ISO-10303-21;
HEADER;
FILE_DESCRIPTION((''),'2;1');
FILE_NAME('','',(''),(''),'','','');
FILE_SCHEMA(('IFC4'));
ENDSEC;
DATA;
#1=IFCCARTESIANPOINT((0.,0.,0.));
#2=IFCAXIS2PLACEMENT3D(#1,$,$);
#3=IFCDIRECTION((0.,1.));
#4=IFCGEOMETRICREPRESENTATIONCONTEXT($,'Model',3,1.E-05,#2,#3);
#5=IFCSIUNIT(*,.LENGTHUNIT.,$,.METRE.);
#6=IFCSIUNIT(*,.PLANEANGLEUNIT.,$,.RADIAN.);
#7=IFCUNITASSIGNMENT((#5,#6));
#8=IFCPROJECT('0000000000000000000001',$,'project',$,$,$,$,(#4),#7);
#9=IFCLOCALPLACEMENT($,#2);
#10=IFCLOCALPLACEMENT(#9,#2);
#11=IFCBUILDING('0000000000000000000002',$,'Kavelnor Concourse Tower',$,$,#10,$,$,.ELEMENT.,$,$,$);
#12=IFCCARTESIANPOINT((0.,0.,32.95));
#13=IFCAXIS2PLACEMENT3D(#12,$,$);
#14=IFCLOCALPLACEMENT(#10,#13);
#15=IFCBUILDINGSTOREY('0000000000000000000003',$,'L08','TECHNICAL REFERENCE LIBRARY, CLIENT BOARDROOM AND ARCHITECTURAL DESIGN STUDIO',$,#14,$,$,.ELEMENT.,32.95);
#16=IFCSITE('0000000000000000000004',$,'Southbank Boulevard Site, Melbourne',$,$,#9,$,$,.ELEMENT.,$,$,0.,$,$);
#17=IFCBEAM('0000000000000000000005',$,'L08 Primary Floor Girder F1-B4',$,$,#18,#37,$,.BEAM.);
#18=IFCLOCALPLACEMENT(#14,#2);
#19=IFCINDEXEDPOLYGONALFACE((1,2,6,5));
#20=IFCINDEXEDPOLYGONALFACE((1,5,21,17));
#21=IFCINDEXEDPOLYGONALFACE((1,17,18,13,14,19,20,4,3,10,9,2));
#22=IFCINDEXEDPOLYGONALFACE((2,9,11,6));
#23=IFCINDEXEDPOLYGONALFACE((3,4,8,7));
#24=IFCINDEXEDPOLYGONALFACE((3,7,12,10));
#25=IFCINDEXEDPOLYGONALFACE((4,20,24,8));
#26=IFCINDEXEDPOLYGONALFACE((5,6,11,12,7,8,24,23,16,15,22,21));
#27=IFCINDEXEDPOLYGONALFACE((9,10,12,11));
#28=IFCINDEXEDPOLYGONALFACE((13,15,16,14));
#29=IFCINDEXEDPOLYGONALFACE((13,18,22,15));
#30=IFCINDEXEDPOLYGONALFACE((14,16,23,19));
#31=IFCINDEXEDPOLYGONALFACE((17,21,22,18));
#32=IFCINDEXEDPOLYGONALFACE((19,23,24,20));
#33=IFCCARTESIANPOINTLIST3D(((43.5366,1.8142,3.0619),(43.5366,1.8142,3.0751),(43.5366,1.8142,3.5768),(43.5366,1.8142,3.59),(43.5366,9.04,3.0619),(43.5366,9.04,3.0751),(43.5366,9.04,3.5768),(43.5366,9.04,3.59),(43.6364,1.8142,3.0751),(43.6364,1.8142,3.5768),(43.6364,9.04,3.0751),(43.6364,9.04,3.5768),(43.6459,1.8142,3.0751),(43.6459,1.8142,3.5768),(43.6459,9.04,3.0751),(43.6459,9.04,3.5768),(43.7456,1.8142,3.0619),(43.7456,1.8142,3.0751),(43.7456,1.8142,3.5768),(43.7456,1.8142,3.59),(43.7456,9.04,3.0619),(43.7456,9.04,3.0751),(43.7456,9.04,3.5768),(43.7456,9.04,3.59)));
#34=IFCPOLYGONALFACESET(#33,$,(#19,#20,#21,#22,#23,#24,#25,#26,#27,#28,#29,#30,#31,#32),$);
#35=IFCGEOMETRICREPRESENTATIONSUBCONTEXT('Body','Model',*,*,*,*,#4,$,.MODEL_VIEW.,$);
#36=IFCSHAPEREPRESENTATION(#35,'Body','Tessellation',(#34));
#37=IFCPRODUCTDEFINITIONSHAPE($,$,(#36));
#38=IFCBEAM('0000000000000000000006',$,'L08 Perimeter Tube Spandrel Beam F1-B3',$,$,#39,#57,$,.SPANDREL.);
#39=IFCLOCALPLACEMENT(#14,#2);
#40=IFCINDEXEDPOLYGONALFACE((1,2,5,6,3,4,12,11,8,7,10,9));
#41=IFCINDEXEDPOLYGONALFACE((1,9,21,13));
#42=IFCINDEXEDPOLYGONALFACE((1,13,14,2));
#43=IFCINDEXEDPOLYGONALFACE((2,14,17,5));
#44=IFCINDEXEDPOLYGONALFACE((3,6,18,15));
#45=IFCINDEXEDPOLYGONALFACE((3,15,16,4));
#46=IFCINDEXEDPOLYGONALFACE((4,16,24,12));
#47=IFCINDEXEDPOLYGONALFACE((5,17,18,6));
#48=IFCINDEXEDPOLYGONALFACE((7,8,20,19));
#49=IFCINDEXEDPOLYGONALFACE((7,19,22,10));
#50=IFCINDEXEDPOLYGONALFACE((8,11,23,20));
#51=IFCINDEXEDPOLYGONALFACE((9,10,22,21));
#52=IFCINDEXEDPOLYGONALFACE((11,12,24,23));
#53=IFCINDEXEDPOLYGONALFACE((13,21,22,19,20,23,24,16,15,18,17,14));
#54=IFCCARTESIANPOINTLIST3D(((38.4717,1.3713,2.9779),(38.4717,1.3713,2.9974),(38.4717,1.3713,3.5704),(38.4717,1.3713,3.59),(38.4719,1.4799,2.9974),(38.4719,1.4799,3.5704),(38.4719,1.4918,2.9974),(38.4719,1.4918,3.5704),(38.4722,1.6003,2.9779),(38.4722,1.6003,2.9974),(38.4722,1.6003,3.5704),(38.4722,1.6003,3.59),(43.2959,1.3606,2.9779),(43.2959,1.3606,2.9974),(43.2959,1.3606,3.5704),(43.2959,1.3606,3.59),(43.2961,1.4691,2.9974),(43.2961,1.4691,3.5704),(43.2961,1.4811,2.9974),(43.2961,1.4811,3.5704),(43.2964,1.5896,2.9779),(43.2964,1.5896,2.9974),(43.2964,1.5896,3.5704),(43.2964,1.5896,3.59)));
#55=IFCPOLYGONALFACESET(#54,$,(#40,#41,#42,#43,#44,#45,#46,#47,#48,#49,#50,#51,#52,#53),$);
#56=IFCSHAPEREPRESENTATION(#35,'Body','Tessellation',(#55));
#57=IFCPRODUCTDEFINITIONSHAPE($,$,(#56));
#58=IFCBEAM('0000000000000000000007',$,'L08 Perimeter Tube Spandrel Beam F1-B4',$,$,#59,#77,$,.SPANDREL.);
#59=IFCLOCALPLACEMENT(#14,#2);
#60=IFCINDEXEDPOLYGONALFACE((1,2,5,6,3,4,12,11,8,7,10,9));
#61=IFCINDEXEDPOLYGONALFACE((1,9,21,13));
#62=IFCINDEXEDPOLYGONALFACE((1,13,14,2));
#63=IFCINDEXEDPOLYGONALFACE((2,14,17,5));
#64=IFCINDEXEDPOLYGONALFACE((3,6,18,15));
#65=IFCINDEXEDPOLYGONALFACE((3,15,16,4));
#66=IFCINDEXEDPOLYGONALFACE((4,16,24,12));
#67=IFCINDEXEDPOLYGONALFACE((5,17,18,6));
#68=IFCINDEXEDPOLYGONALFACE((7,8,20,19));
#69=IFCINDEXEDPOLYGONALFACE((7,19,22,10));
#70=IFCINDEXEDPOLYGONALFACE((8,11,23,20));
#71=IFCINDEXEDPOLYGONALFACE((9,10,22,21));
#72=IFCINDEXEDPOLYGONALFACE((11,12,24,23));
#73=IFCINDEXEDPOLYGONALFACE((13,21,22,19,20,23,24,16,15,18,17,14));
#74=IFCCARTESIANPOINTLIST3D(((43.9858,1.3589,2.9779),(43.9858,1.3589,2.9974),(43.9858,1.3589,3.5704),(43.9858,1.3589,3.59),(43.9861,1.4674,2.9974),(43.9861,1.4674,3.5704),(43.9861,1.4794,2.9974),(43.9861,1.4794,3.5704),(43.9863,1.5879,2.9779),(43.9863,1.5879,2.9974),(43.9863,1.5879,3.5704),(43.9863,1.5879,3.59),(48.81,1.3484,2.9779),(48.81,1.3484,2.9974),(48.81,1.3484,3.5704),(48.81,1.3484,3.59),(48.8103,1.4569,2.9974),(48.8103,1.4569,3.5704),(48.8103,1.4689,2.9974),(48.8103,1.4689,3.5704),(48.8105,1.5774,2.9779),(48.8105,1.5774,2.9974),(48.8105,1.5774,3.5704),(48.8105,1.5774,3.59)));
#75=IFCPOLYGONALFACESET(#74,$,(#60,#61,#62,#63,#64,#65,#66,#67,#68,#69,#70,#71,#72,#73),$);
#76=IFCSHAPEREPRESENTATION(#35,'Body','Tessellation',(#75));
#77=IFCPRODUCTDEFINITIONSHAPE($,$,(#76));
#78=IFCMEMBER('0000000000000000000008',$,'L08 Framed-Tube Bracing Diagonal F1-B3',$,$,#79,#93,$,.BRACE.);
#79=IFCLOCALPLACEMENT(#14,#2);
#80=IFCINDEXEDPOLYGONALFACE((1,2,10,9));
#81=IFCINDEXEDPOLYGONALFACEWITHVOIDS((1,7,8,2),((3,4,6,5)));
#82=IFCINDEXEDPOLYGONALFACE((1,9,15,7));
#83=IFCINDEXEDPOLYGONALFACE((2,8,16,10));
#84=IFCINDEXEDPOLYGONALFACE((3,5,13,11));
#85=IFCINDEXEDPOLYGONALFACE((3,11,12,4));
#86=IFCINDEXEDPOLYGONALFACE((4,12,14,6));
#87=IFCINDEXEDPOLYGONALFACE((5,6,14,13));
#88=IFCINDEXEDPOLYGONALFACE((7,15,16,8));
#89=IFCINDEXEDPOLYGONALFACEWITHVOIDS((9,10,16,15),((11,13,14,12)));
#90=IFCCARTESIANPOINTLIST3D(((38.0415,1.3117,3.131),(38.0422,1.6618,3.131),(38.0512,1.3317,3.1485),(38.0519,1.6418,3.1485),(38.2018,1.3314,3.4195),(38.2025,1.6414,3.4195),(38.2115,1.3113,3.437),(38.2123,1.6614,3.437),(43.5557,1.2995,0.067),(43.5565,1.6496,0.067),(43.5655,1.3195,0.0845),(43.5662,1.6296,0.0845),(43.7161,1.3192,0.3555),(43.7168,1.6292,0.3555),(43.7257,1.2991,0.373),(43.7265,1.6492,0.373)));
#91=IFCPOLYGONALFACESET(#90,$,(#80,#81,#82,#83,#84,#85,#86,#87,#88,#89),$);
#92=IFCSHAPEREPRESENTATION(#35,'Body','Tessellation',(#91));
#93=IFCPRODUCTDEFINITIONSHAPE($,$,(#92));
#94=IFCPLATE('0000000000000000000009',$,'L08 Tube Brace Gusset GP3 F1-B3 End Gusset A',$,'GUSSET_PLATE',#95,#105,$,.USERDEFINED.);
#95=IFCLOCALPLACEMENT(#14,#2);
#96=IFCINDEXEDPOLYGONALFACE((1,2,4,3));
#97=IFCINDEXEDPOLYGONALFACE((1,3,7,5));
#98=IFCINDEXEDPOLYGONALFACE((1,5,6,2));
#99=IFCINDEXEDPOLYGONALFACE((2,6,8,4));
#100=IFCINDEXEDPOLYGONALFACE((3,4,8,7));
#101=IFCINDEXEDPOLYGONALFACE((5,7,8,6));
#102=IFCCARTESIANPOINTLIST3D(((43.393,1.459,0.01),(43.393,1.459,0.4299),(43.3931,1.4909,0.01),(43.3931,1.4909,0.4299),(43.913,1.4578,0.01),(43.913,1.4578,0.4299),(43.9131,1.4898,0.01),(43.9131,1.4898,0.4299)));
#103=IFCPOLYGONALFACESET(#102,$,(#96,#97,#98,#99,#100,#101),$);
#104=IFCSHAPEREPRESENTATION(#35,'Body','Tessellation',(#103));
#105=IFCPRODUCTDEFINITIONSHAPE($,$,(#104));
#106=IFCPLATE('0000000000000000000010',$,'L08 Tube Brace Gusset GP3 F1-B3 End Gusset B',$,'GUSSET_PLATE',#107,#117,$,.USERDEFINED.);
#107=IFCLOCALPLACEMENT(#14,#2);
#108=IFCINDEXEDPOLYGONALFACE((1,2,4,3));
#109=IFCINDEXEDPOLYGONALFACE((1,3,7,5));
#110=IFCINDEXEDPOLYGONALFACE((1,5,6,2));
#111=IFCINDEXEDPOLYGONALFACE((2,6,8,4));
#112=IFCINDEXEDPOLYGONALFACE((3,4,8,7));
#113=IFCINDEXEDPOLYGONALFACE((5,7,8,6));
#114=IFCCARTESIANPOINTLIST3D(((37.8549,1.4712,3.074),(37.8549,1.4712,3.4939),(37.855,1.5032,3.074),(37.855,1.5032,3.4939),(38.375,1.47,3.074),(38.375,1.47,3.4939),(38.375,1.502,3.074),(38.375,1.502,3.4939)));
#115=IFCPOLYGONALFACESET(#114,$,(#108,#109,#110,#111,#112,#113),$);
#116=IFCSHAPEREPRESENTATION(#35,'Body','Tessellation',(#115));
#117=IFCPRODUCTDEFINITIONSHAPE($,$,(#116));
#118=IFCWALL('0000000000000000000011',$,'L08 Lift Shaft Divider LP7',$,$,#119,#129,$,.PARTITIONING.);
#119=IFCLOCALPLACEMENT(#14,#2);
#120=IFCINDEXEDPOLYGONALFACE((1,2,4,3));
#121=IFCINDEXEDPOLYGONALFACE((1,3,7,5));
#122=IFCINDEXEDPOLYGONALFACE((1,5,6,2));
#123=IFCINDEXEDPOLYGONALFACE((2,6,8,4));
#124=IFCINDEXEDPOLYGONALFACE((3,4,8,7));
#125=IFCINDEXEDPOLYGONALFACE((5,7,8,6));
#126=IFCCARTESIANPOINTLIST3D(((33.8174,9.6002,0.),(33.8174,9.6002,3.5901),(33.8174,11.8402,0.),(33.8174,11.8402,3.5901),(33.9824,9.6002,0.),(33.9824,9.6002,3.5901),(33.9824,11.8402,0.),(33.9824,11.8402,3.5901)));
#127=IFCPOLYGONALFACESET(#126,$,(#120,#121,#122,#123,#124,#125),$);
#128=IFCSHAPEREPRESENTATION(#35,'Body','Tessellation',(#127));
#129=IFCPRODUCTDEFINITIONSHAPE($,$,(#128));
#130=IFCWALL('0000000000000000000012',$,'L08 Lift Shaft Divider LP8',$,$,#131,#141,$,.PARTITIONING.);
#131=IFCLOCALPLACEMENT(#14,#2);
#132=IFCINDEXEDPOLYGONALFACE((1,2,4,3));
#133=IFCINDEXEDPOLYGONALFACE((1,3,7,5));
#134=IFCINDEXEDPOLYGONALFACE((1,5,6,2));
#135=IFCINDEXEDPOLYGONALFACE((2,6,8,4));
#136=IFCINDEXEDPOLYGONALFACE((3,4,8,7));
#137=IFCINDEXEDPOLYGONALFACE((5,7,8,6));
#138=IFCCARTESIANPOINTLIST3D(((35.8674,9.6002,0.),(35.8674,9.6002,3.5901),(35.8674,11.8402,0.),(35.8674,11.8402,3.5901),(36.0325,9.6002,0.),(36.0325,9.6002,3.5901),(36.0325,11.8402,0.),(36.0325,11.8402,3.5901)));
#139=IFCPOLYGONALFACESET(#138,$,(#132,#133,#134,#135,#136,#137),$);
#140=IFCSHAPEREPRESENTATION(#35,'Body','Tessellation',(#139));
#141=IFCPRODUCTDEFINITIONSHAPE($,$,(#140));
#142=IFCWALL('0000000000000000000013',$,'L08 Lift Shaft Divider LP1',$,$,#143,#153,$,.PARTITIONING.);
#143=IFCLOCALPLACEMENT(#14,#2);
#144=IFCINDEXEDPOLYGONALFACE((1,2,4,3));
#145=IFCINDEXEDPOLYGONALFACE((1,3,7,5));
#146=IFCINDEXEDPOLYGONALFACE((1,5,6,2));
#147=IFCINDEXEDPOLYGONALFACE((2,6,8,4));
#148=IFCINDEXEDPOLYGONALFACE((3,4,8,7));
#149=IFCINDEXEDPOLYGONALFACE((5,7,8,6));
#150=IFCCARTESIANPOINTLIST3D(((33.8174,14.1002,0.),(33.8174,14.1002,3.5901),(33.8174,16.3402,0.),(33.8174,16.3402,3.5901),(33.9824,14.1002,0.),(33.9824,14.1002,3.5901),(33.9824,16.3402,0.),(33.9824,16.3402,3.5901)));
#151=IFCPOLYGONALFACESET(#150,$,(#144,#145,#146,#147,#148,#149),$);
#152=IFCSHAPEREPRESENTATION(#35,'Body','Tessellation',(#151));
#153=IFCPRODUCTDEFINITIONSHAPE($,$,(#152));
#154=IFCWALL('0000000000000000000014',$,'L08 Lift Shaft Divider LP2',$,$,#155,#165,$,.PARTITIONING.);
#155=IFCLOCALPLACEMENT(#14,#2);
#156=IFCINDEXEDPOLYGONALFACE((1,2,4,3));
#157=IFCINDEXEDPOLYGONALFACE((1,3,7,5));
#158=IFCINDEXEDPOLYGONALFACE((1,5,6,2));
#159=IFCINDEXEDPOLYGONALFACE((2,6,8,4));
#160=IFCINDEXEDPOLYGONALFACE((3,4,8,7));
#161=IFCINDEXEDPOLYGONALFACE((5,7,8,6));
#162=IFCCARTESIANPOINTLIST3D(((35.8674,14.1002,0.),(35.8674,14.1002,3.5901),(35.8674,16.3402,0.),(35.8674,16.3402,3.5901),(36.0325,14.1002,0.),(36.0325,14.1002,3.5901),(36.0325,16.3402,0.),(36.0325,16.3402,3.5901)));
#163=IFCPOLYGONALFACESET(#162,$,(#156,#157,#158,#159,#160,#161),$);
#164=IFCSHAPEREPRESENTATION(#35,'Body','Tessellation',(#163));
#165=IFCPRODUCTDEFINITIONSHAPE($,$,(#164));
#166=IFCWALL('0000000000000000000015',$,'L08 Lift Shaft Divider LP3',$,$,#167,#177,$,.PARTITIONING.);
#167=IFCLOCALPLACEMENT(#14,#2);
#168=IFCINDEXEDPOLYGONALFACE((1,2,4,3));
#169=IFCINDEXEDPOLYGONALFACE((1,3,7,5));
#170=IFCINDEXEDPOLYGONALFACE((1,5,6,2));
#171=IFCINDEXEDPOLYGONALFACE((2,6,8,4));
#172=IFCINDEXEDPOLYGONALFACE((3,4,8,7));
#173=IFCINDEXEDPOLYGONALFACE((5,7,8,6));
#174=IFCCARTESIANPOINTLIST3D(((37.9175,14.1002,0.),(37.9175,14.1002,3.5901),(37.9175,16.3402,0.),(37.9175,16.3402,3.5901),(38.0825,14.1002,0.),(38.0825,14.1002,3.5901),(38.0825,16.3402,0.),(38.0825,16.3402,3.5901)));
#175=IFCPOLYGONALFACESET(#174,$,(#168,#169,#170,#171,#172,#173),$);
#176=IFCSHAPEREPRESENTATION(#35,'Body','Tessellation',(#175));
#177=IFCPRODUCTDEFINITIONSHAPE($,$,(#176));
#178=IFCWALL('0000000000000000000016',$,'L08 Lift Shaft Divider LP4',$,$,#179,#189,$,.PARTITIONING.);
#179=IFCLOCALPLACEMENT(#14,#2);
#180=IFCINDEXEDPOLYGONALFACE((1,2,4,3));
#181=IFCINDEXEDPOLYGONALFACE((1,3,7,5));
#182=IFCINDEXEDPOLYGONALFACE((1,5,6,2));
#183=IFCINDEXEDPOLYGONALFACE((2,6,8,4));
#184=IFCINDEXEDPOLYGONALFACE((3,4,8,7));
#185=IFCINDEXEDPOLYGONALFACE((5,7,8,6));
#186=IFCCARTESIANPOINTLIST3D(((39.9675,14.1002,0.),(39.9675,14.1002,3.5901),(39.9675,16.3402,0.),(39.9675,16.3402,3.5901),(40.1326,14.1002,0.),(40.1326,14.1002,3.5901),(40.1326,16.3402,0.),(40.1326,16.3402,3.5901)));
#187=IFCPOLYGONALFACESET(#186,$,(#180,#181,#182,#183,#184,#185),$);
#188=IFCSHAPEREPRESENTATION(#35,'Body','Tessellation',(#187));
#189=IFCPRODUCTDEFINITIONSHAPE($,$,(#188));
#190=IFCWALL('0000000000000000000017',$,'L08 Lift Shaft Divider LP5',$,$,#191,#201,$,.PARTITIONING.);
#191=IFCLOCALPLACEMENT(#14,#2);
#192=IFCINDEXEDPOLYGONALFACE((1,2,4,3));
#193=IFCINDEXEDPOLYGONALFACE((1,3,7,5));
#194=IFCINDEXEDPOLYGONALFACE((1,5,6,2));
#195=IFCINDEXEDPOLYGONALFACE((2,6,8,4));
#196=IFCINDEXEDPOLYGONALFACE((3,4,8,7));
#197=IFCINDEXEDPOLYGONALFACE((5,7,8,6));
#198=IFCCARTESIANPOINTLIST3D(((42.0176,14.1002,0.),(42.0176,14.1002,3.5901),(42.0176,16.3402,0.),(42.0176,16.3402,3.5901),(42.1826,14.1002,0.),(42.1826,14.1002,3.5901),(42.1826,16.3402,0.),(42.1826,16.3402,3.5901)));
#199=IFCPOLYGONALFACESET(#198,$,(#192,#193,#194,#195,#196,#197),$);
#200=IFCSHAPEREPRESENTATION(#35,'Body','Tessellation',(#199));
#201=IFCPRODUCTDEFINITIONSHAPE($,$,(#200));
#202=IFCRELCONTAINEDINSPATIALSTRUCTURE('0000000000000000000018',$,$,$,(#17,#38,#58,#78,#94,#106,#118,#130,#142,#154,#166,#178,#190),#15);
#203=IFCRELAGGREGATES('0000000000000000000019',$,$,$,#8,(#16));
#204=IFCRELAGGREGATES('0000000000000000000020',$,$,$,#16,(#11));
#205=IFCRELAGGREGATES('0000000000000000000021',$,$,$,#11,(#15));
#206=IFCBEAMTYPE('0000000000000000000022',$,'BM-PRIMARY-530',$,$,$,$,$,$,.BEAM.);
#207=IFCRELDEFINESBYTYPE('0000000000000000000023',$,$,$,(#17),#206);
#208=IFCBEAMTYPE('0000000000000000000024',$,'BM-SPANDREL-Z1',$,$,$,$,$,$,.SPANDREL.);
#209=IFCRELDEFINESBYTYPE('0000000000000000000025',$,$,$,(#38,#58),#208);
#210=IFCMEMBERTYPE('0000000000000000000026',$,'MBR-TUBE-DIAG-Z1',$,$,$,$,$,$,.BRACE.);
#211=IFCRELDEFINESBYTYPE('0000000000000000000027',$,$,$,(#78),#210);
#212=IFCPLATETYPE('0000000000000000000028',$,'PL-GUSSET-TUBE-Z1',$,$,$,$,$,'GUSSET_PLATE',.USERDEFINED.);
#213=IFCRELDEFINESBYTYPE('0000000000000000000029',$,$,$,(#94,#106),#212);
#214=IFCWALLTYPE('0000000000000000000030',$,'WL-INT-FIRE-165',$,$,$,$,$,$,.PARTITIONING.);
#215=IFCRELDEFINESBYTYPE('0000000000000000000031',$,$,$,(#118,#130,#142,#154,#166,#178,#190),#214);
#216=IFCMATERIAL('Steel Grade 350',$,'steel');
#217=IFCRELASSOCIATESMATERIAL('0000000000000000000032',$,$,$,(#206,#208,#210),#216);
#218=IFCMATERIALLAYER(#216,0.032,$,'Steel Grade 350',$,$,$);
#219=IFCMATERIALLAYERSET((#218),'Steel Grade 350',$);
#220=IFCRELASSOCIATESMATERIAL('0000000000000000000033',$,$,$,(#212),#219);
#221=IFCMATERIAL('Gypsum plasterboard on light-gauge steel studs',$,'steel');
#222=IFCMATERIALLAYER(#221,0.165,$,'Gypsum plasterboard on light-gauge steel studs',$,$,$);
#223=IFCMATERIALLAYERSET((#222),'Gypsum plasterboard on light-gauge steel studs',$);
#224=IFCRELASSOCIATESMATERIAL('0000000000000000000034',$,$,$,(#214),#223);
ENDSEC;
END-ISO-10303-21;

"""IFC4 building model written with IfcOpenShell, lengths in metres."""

from ifc_helpers import new_model, si_unit, direction, frame, frame_2d, origin, origin_2d, place, context, subcontext, project, spatial, rectangle, hollow_rectangle, i_section, extrude, material, layer, layer_set, material_profile, profile_set, type_object, element, save


model = new_model("IFC4")

# Units and contexts
model_context = context("Model", 3, precision=1e-05, world=origin(), true_north=direction((0.0, 1.0)))
body_context = subcontext(model_context, "Body", "Model", "MODEL_VIEW")
ifc_project = project(units=[si_unit("LENGTHUNIT", "METRE"), si_unit("PLANEANGLEUNIT", "RADIAN")], contexts=[model_context])

# Site, building, storey
site_placement = place(None, origin())
site = spatial("IfcSite", under=ifc_project, at=site_placement, Name="Southbank Boulevard Site, Melbourne", CompositionType="ELEMENT", RefElevation=0.0)
building_placement = place(site_placement, origin())
building = spatial("IfcBuilding", under=site, at=building_placement, Name="Kavelnor Concourse Tower", CompositionType="ELEMENT")
storey_placement = place(building_placement, frame((0.0, 0.0, 32.95)))
storey = spatial("IfcBuildingStorey", under=building, at=storey_placement, Name="L08", Description="TECHNICAL REFERENCE LIBRARY, CLIENT BOARDROOM AND ARCHITECTURAL DESIGN STUDIO", CompositionType="ELEMENT", Elevation=32.95)

# Shared definitions
ifc_material_1 = material(Name="Steel Grade 350", Category="steel")

# Beams
ifc_material_profile_1 = material_profile(ifc_material_1, i_section(OverallWidth=0.209, OverallDepth=0.5281, WebThickness=0.0095, FlangeThickness=0.0132, at=origin_2d()), Name="530UB82")
ifc_profile_set_1 = profile_set([ifc_material_profile_1], Name="Steel Grade 350")
beam_type_1 = type_object("IfcBeamType", Name="BM-PRIMARY-530", PredefinedType="BEAM", material=ifc_profile_set_1)
beam_1_placement = place(storey_placement, frame((43.6411, 9.04, 3.3259), z_axis=(0.0, -1.0, 0.0), x_axis=(1.0, 0.0, 0.0)))
element("IfcBeam", 1, at=beam_1_placement, inside=storey, type_object=beam_type_1, Name="L08 Primary Floor Girder F1-B4", PredefinedType="BEAM", context=body_context, shape_type="SweptSolid", body=[
    extrude(i_section(OverallWidth=0.209, OverallDepth=0.5281, WebThickness=0.0095, FlangeThickness=0.0132, at=origin_2d()), origin(), (0.0, 0.0, 1.0), 7.2258),
])
ifc_material_profile_2 = material_profile(ifc_material_1, i_section(OverallWidth=0.229, OverallDepth=0.6121, WebThickness=0.012, FlangeThickness=0.0195, at=origin_2d()), Name="610UB125")
ifc_profile_set_2 = profile_set([ifc_material_profile_2], Name="Steel Grade 350")
beam_type_2 = type_object("IfcBeamType", Name="BM-SPANDREL-Z1", PredefinedType="SPANDREL", material=ifc_profile_set_2)
for number, where, z_axis, x_axis, name in (
    (2, (38.4719, 1.4858, 3.2839), (0.999998, -0.002227, 0.0), (0.002227, 0.999998, 0.0), "L08 Perimeter Tube Spandrel Beam F1-B3"),
    (3, (43.9861, 1.4734, 3.2839), (0.999998, -0.002176, 0.0), (0.002176, 0.999998, 0.0), "L08 Perimeter Tube Spandrel Beam F1-B4"),
):
    element("IfcBeam", number, at=place(storey_placement, frame(where, z_axis=z_axis, x_axis=x_axis)), inside=storey, type_object=beam_type_2, Name=name, PredefinedType="SPANDREL", context=body_context, shape_type="SweptSolid", body=[
        extrude(i_section(OverallWidth=0.229, OverallDepth=0.6121, WebThickness=0.012, FlangeThickness=0.0195, at=origin_2d()), origin(), (0.0, 0.0, 1.0), 4.8242),
    ])

# Member
ifc_material_profile_3 = material_profile(ifc_material_1, hollow_rectangle(XDim=0.3501, YDim=0.3501, WallThickness=0.02, at=origin_2d()), Name="SHS 350x350x20")
ifc_profile_set_3 = profile_set([ifc_material_profile_3], Name="Steel Grade 350")
member_type = type_object("IfcMemberType", Name="MBR-TUBE-DIAG-Z1", PredefinedType="BRACE", material=ifc_profile_set_3)
member_placement = place(storey_placement, frame((43.6411, 1.4744, 0.22), z_axis=(-0.874119, 0.001935, 0.485708), x_axis=(-0.002214, -0.999998, 0.0)))
element("IfcMember", 4, at=member_placement, inside=storey, type_object=member_type, Name="L08 Framed-Tube Bracing Diagonal F1-B3", PredefinedType="BRACE", context=body_context, shape_type="SweptSolid", body=[
    extrude(hollow_rectangle(XDim=0.3501, YDim=0.3501, WallThickness=0.02, at=origin_2d()), origin(), (0.0, 0.0, 1.0), 6.3083),
])

# Plates
ifc_layer_1 = layer(ifc_material_1, 0.032, Name="Steel Grade 350")
ifc_layer_set_1 = layer_set([ifc_layer_1], Name="Steel Grade 350")
plate_type = type_object("IfcPlateType", Name="PL-GUSSET-TUBE-Z1", ElementType="GUSSET_PLATE", PredefinedType="USERDEFINED", material=ifc_layer_set_1)
for number, where, z_axis, x_axis, name in (
    (5, (43.6531, 1.4744, 0.01), (0.0, 0.0, 1.0), (-0.999997, 0.002269, 0.0), "L08 Tube Brace Gusset GP3 F1-B3 End Gusset A"),
    (6, (38.115, 1.4866, 3.074), (0.0, 0.0, 1.0), (-0.999997, 0.002269, 0.0), "L08 Tube Brace Gusset GP3 F1-B3 End Gusset B"),
):
    element("IfcPlate", number, at=place(storey_placement, frame(where, z_axis=z_axis, x_axis=x_axis)), inside=storey, type_object=plate_type, Name=name, ObjectType="GUSSET_PLATE", PredefinedType="USERDEFINED", context=body_context, shape_type="SweptSolid", body=[
        extrude(rectangle(XDim=0.52, YDim=0.032, at=origin_2d()), origin(), (0.0, 0.0, 1.0), 0.4199),
    ])

# Walls
ifc_material_2 = material(Name="Gypsum plasterboard on light-gauge steel studs", Category="steel")
ifc_layer_2 = layer(ifc_material_2, 0.165, Name="Gypsum plasterboard on light-gauge steel studs")
ifc_layer_set_2 = layer_set([ifc_layer_2], Name="Gypsum plasterboard on light-gauge steel studs")
wall_type_1 = type_object("IfcWallType", Name="WL-INT-FIRE-165", PredefinedType="PARTITIONING", material=ifc_layer_set_2)
for number, where, z_axis, x_axis, name in (
    (7, (33.8999, 9.6001, 0.0), (0.0, 0.0, 1.0), (0.0, 1.0, 0.0), "L08 Lift Shaft Divider LP7"),
    (8, (35.95, 9.6001, 0.0), (0.0, 0.0, 1.0), (0.0, 1.0, 0.0), "L08 Lift Shaft Divider LP8"),
    (9, (33.8999, 14.1001, 0.0), (0.0, 0.0, 1.0), (0.0, 1.0, 0.0), "L08 Lift Shaft Divider LP1"),
    (10, (35.95, 14.1001, 0.0), (0.0, 0.0, 1.0), (0.0, 1.0, 0.0), "L08 Lift Shaft Divider LP2"),
    (11, (38.0, 14.1001, 0.0), (0.0, 0.0, 1.0), (0.0, 1.0, 0.0), "L08 Lift Shaft Divider LP3"),
    (12, (40.05, 14.1001, 0.0), (0.0, 0.0, 1.0), (0.0, 1.0, 0.0), "L08 Lift Shaft Divider LP4"),
    (13, (42.1001, 14.1001, 0.0), (0.0, 0.0, 1.0), (0.0, 1.0, 0.0), "L08 Lift Shaft Divider LP5"),
):
    element("IfcWall", number, at=place(storey_placement, frame(where, z_axis=z_axis, x_axis=x_axis)), inside=storey, type_object=wall_type_1, Name=name, PredefinedType="PARTITIONING", context=body_context, shape_type="SweptSolid", body=[
        extrude(rectangle(XDim=2.24, YDim=0.165, at=frame_2d((1.1201, 0.0))), origin(), (0.0, 0.0, 1.0), 3.5901),
    ])

save(model, "model.ifc")
